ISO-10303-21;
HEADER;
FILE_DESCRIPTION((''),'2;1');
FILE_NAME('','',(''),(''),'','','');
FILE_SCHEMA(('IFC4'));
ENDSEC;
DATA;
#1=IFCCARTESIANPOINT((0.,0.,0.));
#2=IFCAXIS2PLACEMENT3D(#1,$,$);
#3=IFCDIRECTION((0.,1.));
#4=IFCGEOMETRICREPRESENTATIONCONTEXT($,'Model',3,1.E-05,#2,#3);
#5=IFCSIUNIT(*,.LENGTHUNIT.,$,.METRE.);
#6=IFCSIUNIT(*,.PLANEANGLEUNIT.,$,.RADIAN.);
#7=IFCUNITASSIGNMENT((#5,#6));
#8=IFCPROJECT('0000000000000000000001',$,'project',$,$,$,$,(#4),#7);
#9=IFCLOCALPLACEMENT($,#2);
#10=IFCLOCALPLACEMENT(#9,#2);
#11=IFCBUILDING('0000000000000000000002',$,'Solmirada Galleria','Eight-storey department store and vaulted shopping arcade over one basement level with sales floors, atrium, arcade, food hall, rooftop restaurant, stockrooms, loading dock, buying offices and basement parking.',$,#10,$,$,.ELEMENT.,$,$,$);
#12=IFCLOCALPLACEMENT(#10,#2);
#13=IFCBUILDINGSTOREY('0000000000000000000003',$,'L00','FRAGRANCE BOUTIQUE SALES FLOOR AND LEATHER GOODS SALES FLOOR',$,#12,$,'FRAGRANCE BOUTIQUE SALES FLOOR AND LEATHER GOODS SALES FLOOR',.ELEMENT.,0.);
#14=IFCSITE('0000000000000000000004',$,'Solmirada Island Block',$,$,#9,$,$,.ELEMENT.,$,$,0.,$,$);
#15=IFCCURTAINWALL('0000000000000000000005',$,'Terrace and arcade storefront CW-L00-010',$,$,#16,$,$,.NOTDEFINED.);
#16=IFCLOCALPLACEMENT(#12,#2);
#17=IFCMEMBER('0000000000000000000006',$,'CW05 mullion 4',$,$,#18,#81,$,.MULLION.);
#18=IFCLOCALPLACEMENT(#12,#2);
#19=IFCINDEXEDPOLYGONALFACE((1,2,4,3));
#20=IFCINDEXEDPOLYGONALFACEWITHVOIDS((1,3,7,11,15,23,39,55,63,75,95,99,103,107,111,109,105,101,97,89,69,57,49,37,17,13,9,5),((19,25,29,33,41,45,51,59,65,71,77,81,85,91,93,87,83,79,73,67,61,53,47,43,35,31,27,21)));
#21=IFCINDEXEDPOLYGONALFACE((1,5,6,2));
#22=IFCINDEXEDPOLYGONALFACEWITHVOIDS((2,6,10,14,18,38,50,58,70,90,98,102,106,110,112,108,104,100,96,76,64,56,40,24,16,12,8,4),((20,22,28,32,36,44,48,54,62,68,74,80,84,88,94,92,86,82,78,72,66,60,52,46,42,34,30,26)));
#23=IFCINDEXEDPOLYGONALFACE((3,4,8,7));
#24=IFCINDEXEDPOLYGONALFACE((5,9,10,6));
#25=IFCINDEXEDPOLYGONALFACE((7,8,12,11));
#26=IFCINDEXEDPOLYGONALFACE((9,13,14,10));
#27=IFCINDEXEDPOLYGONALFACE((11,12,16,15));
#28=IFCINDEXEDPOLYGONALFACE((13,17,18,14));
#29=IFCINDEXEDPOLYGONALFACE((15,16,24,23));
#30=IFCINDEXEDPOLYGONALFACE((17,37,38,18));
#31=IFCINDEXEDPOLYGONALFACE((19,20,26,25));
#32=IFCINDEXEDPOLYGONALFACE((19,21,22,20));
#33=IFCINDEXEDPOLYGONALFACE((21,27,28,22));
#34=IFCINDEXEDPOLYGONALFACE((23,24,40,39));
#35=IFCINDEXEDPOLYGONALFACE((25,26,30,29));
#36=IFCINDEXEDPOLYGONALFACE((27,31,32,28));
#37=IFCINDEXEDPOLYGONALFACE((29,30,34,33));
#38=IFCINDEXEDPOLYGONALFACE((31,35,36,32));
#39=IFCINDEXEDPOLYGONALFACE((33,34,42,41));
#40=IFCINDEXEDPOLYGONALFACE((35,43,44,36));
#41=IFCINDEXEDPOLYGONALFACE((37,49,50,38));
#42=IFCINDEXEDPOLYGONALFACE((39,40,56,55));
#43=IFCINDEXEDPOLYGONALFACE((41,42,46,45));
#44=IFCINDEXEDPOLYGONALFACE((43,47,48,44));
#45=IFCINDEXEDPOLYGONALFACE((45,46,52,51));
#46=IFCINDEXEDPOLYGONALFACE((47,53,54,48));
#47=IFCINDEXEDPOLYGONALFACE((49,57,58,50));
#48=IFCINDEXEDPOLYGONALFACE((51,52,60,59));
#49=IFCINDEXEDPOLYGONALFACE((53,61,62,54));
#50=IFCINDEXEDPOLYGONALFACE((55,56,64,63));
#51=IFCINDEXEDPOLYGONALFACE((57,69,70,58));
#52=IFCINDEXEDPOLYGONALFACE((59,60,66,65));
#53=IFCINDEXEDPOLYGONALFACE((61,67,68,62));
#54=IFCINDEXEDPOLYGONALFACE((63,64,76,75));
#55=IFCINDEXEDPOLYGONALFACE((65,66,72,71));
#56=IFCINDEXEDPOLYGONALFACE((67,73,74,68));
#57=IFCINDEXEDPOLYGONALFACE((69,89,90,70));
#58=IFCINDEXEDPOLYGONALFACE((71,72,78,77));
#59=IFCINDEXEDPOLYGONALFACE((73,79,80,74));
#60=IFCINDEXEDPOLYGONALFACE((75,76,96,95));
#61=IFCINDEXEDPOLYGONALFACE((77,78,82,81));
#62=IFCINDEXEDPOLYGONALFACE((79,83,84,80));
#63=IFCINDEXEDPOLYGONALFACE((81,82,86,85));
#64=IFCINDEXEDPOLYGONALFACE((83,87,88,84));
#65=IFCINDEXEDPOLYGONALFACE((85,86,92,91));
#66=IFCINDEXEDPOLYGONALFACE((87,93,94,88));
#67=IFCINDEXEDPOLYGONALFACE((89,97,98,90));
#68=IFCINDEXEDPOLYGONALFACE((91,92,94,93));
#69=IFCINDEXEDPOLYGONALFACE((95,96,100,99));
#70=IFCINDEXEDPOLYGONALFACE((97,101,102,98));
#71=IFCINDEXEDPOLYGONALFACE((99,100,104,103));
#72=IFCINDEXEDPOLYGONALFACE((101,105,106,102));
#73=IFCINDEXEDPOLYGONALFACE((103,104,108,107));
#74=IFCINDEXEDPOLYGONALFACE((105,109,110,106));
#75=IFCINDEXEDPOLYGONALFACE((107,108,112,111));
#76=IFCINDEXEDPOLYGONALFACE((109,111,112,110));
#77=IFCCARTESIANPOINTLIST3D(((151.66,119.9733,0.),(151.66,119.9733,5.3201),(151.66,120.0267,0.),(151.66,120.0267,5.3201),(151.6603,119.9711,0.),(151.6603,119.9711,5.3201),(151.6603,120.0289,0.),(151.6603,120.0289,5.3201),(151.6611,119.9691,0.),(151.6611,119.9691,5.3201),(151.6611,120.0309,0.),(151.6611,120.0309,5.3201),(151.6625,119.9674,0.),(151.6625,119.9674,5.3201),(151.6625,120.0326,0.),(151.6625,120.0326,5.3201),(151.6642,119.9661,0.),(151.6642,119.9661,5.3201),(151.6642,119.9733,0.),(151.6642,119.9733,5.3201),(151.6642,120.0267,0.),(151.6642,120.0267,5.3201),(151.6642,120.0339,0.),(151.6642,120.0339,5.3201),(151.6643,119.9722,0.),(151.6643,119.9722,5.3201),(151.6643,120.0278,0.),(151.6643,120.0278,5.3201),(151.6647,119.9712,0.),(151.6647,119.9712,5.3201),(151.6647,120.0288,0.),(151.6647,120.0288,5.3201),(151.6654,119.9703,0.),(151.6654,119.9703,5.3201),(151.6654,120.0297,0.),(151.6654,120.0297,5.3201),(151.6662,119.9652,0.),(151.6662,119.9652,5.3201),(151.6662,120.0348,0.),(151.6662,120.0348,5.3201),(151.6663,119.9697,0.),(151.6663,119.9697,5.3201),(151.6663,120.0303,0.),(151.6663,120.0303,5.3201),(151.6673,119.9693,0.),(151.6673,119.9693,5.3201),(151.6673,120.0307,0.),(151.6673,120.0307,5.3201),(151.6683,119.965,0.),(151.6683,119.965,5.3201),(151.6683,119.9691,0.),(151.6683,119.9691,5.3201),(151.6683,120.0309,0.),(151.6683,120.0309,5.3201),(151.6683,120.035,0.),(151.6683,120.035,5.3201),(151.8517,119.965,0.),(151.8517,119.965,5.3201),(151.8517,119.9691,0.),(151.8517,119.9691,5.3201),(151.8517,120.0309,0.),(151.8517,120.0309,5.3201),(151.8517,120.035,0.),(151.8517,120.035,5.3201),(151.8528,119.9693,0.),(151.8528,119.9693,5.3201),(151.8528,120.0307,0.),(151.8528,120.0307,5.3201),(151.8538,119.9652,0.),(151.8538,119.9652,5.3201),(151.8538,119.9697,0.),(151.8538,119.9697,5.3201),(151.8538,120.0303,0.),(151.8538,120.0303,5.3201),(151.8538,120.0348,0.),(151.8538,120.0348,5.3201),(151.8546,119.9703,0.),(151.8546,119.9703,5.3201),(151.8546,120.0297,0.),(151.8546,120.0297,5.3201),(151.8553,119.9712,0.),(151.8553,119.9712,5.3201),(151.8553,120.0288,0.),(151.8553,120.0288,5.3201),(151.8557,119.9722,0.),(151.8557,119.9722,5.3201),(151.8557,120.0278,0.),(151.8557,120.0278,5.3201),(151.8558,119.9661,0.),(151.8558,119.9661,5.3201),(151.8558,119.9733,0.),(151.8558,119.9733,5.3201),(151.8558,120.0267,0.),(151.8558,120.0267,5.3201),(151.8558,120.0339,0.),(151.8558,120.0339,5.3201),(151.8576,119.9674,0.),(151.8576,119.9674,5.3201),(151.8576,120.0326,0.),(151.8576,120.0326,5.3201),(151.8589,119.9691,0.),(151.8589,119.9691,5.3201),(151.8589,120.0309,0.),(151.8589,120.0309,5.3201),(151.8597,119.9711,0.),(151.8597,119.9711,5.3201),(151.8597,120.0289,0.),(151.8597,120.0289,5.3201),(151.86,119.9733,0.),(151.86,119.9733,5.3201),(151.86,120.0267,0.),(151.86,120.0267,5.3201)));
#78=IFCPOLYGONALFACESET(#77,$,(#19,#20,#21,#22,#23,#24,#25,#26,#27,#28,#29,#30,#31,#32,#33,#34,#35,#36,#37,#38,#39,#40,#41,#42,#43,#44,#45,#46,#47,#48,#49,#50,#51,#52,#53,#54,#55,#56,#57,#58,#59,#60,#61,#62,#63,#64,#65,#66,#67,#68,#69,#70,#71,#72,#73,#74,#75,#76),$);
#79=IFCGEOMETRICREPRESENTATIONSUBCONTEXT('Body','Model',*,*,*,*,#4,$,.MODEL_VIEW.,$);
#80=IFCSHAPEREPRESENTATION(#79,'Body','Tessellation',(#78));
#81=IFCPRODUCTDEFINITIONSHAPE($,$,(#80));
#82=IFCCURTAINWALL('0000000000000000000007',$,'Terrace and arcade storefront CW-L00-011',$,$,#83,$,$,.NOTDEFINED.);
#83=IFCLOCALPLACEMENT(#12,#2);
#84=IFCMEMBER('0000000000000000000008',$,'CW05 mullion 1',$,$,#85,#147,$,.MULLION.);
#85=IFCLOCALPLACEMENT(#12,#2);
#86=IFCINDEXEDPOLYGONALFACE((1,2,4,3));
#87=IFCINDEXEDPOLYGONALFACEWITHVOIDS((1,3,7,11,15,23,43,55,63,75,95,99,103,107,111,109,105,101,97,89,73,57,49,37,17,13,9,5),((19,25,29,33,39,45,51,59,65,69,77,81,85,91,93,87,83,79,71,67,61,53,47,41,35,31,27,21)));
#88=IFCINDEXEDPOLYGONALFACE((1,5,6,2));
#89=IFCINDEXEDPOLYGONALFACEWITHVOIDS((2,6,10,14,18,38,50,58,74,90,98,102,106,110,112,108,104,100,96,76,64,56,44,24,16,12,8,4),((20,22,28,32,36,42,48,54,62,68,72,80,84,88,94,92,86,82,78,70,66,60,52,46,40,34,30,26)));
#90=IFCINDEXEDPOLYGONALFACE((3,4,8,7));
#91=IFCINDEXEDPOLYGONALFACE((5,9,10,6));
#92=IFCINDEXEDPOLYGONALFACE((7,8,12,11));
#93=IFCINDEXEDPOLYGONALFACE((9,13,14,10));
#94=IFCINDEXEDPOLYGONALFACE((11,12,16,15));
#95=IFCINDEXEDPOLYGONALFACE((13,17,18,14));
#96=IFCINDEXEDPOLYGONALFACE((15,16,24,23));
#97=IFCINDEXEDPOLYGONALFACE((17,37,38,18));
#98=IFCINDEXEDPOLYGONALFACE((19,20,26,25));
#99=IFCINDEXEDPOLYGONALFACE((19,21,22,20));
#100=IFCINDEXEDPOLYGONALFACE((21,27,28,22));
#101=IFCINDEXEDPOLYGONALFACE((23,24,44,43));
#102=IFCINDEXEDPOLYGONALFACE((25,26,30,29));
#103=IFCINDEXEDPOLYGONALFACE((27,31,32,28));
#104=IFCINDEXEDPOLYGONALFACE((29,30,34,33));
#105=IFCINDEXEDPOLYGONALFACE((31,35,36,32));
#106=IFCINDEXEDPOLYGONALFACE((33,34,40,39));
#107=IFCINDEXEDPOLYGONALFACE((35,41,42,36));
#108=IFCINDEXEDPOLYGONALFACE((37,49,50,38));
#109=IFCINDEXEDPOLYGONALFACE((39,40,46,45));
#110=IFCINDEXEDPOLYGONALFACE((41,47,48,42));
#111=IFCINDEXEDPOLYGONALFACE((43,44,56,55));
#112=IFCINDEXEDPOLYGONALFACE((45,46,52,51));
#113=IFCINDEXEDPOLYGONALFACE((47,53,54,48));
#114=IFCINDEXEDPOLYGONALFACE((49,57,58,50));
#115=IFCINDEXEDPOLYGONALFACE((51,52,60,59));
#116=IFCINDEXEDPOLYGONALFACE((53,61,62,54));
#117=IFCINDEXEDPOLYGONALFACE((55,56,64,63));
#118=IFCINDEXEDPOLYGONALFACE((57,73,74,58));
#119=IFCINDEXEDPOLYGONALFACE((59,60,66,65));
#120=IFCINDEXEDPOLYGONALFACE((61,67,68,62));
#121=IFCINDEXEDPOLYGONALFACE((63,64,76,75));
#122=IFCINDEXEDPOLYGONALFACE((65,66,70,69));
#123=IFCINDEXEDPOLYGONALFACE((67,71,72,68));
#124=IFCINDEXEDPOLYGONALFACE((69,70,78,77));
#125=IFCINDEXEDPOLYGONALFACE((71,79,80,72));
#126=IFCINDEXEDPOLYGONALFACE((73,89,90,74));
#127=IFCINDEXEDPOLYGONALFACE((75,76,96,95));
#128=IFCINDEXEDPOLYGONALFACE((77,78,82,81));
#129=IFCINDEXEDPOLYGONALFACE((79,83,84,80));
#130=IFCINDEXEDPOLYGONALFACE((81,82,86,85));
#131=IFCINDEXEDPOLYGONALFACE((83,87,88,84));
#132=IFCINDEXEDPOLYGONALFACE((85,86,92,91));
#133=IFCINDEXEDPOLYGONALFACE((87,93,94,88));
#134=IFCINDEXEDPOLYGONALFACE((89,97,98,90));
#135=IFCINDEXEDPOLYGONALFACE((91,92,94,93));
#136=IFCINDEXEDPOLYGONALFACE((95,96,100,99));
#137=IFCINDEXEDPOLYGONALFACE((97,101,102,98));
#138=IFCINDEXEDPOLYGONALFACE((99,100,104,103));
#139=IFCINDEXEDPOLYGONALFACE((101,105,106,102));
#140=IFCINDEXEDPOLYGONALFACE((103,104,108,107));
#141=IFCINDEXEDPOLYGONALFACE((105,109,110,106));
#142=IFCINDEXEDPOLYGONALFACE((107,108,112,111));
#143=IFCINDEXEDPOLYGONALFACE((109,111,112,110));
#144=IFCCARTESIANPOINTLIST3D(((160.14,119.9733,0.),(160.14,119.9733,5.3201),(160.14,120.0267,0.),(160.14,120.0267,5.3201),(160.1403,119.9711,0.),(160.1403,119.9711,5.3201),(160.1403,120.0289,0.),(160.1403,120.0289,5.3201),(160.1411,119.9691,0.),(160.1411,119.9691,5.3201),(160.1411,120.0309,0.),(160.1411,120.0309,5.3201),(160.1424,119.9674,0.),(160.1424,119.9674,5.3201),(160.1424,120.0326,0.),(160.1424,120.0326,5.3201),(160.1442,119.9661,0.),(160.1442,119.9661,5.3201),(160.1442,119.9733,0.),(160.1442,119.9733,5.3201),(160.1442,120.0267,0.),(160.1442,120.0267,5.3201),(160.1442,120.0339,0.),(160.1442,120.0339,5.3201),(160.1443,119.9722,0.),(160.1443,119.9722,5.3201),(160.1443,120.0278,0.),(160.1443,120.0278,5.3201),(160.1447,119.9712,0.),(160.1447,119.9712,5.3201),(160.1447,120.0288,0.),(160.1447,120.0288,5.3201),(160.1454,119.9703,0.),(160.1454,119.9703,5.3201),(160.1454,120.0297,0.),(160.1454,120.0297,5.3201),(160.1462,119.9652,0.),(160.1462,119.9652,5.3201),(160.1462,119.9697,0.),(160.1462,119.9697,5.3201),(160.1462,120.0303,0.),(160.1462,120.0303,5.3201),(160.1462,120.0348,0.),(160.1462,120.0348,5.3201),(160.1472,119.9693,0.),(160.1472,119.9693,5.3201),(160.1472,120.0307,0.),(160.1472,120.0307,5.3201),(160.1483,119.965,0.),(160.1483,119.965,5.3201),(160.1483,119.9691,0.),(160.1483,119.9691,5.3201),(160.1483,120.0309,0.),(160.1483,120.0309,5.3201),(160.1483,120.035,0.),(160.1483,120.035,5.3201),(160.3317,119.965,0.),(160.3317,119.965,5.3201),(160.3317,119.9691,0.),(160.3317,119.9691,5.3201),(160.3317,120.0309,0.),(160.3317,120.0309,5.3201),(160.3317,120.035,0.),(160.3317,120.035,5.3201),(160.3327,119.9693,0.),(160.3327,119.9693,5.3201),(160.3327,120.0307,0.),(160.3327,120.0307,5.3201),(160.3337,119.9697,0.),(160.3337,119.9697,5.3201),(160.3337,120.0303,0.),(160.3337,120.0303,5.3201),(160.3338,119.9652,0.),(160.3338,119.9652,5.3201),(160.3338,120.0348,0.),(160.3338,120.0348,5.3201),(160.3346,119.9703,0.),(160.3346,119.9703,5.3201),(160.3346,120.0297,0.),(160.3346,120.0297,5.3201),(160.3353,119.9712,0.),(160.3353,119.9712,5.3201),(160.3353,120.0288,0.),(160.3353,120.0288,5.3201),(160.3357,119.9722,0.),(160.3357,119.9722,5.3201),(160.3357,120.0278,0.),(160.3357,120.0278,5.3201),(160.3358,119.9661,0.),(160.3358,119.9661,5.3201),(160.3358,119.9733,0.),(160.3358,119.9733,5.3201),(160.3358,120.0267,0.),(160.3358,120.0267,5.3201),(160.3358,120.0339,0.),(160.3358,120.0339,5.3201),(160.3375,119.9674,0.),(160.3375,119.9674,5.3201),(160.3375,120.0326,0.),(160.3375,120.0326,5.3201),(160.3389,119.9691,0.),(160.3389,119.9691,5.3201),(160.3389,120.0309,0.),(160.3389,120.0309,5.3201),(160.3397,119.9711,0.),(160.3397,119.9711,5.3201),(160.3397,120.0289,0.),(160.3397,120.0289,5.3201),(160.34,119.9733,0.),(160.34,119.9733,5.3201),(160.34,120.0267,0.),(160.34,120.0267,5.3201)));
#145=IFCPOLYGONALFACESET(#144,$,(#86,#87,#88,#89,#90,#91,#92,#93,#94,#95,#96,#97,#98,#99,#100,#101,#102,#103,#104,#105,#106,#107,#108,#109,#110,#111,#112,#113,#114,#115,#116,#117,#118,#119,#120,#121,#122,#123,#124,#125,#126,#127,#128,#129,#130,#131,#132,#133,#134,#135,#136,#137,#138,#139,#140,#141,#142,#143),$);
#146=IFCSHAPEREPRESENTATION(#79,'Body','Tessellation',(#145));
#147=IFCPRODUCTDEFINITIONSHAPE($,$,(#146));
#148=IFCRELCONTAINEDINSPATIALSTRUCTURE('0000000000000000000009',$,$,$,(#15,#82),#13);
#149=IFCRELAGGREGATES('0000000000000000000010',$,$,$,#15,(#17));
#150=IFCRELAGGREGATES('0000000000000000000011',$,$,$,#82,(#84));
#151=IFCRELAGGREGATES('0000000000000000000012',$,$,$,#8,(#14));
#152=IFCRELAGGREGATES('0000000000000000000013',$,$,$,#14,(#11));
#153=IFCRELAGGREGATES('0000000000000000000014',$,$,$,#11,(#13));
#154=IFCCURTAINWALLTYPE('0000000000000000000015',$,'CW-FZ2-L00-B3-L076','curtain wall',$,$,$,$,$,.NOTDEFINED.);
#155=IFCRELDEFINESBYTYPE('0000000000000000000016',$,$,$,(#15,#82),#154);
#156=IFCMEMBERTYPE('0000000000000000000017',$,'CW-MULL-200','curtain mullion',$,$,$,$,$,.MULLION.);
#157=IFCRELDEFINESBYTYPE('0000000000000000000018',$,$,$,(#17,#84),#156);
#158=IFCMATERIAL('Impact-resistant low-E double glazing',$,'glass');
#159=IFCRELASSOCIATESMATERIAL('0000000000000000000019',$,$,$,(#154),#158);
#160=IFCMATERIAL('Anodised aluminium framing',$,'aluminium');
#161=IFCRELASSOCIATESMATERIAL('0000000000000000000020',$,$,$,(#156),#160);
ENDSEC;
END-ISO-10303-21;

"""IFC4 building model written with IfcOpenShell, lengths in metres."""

from ifc_helpers import new_model, si_unit, direction, frame, origin, origin_2d, place, context, subcontext, project, spatial, hollow_rectangle, extrude, material, material_profile, profile_set, type_object, element, aggregate, save


model = new_model("IFC4")

# Units and contexts
model_context = context("Model", 3, precision=1e-05, world=origin(), true_north=direction((0.0, 1.0)))
body_context = subcontext(model_context, "Body", "Model", "MODEL_VIEW")
ifc_project = project(units=[si_unit("LENGTHUNIT", "METRE"), si_unit("PLANEANGLEUNIT", "RADIAN")], contexts=[model_context])

# Site, building, storey
site_placement = place(None, origin())
site = spatial("IfcSite", under=ifc_project, at=site_placement, Name="Solmirada Island Block", CompositionType="ELEMENT", RefElevation=0.0)
building_placement = place(site_placement, origin())
building = spatial("IfcBuilding", under=site, at=building_placement, Name="Solmirada Galleria", Description="Eight-storey department store and vaulted shopping arcade over one basement level with sales floors, atrium, arcade, food hall, rooftop restaurant, stockrooms, loading dock, buying offices and basement parking.", CompositionType="ELEMENT")
storey_placement = place(building_placement, origin())
storey = spatial("IfcBuildingStorey", under=building, at=storey_placement, Name="L00", Description="FRAGRANCE BOUTIQUE SALES FLOOR AND LEATHER GOODS SALES FLOOR", LongName="FRAGRANCE BOUTIQUE SALES FLOOR AND LEATHER GOODS SALES FLOOR", CompositionType="ELEMENT", Elevation=0.0)

# Curtain walls, members
ifc_material_1 = material(Name="Impact-resistant low-E double glazing", Category="glass")
curtain_wall_type = type_object("IfcCurtainWallType", Name="CW-FZ2-L00-B3-L076", Description="curtain wall", PredefinedType="NOTDEFINED", material=ifc_material_1)
curtain_wall_1_placement = place(storey_placement, origin())
curtain_wall_1 = element("IfcCurtainWall", 1, at=curtain_wall_1_placement, inside=storey, type_object=curtain_wall_type, Name="Terrace and arcade storefront CW-L00-010", PredefinedType="NOTDEFINED")
ifc_material_2 = material(Name="Anodised aluminium framing", Category="aluminium")
ifc_material_profile_1 = material_profile(ifc_material_2, hollow_rectangle(XDim=0.0701, YDim=0.2, WallThickness=0.0042, InnerFilletRadius=0.0042, OuterFilletRadius=0.0083, at=origin_2d()), Name="ALU-MULL-200X70")
ifc_profile_set_1 = profile_set([ifc_material_profile_1], Name="Anodised aluminium framing")
member_type_1 = type_object("IfcMemberType", Name="CW-MULL-200", Description="curtain mullion", PredefinedType="MULLION", material=ifc_profile_set_1)
member_1_placement = place(storey_placement, frame((151.76, 120.0, 0.0), z_axis=(0.0, 0.0, 1.0), x_axis=(0.0, 1.0, 0.0)))
member_1 = element("IfcMember", 2, at=member_1_placement, type_object=member_type_1, Name="CW05 mullion 4", PredefinedType="MULLION", context=body_context, shape_type="SweptSolid", body=[
    extrude(hollow_rectangle(XDim=0.0701, YDim=0.2, WallThickness=0.0042, InnerFilletRadius=0.0042, OuterFilletRadius=0.0083, at=origin_2d()), origin(), (0.0, 0.0, 1.0), 5.3201),
])
curtain_wall_2_placement = place(storey_placement, origin())
curtain_wall_2 = element("IfcCurtainWall", 3, at=curtain_wall_2_placement, inside=storey, type_object=curtain_wall_type, Name="Terrace and arcade storefront CW-L00-011", PredefinedType="NOTDEFINED")
member_2_placement = place(storey_placement, frame((160.24, 120.0, 0.0), z_axis=(0.0, 0.0, 1.0), x_axis=(0.0, 1.0, 0.0)))
member_2 = element("IfcMember", 4, at=member_2_placement, type_object=member_type_1, Name="CW05 mullion 1", PredefinedType="MULLION", context=body_context, shape_type="SweptSolid", body=[
    extrude(hollow_rectangle(XDim=0.0701, YDim=0.2, WallThickness=0.0042, InnerFilletRadius=0.0042, OuterFilletRadius=0.0083, at=origin_2d()), origin(), (0.0, 0.0, 1.0), 5.3201),
])

aggregate(curtain_wall_1, [member_1])
aggregate(curtain_wall_2, [member_2])

save(model, "model.ifc")
